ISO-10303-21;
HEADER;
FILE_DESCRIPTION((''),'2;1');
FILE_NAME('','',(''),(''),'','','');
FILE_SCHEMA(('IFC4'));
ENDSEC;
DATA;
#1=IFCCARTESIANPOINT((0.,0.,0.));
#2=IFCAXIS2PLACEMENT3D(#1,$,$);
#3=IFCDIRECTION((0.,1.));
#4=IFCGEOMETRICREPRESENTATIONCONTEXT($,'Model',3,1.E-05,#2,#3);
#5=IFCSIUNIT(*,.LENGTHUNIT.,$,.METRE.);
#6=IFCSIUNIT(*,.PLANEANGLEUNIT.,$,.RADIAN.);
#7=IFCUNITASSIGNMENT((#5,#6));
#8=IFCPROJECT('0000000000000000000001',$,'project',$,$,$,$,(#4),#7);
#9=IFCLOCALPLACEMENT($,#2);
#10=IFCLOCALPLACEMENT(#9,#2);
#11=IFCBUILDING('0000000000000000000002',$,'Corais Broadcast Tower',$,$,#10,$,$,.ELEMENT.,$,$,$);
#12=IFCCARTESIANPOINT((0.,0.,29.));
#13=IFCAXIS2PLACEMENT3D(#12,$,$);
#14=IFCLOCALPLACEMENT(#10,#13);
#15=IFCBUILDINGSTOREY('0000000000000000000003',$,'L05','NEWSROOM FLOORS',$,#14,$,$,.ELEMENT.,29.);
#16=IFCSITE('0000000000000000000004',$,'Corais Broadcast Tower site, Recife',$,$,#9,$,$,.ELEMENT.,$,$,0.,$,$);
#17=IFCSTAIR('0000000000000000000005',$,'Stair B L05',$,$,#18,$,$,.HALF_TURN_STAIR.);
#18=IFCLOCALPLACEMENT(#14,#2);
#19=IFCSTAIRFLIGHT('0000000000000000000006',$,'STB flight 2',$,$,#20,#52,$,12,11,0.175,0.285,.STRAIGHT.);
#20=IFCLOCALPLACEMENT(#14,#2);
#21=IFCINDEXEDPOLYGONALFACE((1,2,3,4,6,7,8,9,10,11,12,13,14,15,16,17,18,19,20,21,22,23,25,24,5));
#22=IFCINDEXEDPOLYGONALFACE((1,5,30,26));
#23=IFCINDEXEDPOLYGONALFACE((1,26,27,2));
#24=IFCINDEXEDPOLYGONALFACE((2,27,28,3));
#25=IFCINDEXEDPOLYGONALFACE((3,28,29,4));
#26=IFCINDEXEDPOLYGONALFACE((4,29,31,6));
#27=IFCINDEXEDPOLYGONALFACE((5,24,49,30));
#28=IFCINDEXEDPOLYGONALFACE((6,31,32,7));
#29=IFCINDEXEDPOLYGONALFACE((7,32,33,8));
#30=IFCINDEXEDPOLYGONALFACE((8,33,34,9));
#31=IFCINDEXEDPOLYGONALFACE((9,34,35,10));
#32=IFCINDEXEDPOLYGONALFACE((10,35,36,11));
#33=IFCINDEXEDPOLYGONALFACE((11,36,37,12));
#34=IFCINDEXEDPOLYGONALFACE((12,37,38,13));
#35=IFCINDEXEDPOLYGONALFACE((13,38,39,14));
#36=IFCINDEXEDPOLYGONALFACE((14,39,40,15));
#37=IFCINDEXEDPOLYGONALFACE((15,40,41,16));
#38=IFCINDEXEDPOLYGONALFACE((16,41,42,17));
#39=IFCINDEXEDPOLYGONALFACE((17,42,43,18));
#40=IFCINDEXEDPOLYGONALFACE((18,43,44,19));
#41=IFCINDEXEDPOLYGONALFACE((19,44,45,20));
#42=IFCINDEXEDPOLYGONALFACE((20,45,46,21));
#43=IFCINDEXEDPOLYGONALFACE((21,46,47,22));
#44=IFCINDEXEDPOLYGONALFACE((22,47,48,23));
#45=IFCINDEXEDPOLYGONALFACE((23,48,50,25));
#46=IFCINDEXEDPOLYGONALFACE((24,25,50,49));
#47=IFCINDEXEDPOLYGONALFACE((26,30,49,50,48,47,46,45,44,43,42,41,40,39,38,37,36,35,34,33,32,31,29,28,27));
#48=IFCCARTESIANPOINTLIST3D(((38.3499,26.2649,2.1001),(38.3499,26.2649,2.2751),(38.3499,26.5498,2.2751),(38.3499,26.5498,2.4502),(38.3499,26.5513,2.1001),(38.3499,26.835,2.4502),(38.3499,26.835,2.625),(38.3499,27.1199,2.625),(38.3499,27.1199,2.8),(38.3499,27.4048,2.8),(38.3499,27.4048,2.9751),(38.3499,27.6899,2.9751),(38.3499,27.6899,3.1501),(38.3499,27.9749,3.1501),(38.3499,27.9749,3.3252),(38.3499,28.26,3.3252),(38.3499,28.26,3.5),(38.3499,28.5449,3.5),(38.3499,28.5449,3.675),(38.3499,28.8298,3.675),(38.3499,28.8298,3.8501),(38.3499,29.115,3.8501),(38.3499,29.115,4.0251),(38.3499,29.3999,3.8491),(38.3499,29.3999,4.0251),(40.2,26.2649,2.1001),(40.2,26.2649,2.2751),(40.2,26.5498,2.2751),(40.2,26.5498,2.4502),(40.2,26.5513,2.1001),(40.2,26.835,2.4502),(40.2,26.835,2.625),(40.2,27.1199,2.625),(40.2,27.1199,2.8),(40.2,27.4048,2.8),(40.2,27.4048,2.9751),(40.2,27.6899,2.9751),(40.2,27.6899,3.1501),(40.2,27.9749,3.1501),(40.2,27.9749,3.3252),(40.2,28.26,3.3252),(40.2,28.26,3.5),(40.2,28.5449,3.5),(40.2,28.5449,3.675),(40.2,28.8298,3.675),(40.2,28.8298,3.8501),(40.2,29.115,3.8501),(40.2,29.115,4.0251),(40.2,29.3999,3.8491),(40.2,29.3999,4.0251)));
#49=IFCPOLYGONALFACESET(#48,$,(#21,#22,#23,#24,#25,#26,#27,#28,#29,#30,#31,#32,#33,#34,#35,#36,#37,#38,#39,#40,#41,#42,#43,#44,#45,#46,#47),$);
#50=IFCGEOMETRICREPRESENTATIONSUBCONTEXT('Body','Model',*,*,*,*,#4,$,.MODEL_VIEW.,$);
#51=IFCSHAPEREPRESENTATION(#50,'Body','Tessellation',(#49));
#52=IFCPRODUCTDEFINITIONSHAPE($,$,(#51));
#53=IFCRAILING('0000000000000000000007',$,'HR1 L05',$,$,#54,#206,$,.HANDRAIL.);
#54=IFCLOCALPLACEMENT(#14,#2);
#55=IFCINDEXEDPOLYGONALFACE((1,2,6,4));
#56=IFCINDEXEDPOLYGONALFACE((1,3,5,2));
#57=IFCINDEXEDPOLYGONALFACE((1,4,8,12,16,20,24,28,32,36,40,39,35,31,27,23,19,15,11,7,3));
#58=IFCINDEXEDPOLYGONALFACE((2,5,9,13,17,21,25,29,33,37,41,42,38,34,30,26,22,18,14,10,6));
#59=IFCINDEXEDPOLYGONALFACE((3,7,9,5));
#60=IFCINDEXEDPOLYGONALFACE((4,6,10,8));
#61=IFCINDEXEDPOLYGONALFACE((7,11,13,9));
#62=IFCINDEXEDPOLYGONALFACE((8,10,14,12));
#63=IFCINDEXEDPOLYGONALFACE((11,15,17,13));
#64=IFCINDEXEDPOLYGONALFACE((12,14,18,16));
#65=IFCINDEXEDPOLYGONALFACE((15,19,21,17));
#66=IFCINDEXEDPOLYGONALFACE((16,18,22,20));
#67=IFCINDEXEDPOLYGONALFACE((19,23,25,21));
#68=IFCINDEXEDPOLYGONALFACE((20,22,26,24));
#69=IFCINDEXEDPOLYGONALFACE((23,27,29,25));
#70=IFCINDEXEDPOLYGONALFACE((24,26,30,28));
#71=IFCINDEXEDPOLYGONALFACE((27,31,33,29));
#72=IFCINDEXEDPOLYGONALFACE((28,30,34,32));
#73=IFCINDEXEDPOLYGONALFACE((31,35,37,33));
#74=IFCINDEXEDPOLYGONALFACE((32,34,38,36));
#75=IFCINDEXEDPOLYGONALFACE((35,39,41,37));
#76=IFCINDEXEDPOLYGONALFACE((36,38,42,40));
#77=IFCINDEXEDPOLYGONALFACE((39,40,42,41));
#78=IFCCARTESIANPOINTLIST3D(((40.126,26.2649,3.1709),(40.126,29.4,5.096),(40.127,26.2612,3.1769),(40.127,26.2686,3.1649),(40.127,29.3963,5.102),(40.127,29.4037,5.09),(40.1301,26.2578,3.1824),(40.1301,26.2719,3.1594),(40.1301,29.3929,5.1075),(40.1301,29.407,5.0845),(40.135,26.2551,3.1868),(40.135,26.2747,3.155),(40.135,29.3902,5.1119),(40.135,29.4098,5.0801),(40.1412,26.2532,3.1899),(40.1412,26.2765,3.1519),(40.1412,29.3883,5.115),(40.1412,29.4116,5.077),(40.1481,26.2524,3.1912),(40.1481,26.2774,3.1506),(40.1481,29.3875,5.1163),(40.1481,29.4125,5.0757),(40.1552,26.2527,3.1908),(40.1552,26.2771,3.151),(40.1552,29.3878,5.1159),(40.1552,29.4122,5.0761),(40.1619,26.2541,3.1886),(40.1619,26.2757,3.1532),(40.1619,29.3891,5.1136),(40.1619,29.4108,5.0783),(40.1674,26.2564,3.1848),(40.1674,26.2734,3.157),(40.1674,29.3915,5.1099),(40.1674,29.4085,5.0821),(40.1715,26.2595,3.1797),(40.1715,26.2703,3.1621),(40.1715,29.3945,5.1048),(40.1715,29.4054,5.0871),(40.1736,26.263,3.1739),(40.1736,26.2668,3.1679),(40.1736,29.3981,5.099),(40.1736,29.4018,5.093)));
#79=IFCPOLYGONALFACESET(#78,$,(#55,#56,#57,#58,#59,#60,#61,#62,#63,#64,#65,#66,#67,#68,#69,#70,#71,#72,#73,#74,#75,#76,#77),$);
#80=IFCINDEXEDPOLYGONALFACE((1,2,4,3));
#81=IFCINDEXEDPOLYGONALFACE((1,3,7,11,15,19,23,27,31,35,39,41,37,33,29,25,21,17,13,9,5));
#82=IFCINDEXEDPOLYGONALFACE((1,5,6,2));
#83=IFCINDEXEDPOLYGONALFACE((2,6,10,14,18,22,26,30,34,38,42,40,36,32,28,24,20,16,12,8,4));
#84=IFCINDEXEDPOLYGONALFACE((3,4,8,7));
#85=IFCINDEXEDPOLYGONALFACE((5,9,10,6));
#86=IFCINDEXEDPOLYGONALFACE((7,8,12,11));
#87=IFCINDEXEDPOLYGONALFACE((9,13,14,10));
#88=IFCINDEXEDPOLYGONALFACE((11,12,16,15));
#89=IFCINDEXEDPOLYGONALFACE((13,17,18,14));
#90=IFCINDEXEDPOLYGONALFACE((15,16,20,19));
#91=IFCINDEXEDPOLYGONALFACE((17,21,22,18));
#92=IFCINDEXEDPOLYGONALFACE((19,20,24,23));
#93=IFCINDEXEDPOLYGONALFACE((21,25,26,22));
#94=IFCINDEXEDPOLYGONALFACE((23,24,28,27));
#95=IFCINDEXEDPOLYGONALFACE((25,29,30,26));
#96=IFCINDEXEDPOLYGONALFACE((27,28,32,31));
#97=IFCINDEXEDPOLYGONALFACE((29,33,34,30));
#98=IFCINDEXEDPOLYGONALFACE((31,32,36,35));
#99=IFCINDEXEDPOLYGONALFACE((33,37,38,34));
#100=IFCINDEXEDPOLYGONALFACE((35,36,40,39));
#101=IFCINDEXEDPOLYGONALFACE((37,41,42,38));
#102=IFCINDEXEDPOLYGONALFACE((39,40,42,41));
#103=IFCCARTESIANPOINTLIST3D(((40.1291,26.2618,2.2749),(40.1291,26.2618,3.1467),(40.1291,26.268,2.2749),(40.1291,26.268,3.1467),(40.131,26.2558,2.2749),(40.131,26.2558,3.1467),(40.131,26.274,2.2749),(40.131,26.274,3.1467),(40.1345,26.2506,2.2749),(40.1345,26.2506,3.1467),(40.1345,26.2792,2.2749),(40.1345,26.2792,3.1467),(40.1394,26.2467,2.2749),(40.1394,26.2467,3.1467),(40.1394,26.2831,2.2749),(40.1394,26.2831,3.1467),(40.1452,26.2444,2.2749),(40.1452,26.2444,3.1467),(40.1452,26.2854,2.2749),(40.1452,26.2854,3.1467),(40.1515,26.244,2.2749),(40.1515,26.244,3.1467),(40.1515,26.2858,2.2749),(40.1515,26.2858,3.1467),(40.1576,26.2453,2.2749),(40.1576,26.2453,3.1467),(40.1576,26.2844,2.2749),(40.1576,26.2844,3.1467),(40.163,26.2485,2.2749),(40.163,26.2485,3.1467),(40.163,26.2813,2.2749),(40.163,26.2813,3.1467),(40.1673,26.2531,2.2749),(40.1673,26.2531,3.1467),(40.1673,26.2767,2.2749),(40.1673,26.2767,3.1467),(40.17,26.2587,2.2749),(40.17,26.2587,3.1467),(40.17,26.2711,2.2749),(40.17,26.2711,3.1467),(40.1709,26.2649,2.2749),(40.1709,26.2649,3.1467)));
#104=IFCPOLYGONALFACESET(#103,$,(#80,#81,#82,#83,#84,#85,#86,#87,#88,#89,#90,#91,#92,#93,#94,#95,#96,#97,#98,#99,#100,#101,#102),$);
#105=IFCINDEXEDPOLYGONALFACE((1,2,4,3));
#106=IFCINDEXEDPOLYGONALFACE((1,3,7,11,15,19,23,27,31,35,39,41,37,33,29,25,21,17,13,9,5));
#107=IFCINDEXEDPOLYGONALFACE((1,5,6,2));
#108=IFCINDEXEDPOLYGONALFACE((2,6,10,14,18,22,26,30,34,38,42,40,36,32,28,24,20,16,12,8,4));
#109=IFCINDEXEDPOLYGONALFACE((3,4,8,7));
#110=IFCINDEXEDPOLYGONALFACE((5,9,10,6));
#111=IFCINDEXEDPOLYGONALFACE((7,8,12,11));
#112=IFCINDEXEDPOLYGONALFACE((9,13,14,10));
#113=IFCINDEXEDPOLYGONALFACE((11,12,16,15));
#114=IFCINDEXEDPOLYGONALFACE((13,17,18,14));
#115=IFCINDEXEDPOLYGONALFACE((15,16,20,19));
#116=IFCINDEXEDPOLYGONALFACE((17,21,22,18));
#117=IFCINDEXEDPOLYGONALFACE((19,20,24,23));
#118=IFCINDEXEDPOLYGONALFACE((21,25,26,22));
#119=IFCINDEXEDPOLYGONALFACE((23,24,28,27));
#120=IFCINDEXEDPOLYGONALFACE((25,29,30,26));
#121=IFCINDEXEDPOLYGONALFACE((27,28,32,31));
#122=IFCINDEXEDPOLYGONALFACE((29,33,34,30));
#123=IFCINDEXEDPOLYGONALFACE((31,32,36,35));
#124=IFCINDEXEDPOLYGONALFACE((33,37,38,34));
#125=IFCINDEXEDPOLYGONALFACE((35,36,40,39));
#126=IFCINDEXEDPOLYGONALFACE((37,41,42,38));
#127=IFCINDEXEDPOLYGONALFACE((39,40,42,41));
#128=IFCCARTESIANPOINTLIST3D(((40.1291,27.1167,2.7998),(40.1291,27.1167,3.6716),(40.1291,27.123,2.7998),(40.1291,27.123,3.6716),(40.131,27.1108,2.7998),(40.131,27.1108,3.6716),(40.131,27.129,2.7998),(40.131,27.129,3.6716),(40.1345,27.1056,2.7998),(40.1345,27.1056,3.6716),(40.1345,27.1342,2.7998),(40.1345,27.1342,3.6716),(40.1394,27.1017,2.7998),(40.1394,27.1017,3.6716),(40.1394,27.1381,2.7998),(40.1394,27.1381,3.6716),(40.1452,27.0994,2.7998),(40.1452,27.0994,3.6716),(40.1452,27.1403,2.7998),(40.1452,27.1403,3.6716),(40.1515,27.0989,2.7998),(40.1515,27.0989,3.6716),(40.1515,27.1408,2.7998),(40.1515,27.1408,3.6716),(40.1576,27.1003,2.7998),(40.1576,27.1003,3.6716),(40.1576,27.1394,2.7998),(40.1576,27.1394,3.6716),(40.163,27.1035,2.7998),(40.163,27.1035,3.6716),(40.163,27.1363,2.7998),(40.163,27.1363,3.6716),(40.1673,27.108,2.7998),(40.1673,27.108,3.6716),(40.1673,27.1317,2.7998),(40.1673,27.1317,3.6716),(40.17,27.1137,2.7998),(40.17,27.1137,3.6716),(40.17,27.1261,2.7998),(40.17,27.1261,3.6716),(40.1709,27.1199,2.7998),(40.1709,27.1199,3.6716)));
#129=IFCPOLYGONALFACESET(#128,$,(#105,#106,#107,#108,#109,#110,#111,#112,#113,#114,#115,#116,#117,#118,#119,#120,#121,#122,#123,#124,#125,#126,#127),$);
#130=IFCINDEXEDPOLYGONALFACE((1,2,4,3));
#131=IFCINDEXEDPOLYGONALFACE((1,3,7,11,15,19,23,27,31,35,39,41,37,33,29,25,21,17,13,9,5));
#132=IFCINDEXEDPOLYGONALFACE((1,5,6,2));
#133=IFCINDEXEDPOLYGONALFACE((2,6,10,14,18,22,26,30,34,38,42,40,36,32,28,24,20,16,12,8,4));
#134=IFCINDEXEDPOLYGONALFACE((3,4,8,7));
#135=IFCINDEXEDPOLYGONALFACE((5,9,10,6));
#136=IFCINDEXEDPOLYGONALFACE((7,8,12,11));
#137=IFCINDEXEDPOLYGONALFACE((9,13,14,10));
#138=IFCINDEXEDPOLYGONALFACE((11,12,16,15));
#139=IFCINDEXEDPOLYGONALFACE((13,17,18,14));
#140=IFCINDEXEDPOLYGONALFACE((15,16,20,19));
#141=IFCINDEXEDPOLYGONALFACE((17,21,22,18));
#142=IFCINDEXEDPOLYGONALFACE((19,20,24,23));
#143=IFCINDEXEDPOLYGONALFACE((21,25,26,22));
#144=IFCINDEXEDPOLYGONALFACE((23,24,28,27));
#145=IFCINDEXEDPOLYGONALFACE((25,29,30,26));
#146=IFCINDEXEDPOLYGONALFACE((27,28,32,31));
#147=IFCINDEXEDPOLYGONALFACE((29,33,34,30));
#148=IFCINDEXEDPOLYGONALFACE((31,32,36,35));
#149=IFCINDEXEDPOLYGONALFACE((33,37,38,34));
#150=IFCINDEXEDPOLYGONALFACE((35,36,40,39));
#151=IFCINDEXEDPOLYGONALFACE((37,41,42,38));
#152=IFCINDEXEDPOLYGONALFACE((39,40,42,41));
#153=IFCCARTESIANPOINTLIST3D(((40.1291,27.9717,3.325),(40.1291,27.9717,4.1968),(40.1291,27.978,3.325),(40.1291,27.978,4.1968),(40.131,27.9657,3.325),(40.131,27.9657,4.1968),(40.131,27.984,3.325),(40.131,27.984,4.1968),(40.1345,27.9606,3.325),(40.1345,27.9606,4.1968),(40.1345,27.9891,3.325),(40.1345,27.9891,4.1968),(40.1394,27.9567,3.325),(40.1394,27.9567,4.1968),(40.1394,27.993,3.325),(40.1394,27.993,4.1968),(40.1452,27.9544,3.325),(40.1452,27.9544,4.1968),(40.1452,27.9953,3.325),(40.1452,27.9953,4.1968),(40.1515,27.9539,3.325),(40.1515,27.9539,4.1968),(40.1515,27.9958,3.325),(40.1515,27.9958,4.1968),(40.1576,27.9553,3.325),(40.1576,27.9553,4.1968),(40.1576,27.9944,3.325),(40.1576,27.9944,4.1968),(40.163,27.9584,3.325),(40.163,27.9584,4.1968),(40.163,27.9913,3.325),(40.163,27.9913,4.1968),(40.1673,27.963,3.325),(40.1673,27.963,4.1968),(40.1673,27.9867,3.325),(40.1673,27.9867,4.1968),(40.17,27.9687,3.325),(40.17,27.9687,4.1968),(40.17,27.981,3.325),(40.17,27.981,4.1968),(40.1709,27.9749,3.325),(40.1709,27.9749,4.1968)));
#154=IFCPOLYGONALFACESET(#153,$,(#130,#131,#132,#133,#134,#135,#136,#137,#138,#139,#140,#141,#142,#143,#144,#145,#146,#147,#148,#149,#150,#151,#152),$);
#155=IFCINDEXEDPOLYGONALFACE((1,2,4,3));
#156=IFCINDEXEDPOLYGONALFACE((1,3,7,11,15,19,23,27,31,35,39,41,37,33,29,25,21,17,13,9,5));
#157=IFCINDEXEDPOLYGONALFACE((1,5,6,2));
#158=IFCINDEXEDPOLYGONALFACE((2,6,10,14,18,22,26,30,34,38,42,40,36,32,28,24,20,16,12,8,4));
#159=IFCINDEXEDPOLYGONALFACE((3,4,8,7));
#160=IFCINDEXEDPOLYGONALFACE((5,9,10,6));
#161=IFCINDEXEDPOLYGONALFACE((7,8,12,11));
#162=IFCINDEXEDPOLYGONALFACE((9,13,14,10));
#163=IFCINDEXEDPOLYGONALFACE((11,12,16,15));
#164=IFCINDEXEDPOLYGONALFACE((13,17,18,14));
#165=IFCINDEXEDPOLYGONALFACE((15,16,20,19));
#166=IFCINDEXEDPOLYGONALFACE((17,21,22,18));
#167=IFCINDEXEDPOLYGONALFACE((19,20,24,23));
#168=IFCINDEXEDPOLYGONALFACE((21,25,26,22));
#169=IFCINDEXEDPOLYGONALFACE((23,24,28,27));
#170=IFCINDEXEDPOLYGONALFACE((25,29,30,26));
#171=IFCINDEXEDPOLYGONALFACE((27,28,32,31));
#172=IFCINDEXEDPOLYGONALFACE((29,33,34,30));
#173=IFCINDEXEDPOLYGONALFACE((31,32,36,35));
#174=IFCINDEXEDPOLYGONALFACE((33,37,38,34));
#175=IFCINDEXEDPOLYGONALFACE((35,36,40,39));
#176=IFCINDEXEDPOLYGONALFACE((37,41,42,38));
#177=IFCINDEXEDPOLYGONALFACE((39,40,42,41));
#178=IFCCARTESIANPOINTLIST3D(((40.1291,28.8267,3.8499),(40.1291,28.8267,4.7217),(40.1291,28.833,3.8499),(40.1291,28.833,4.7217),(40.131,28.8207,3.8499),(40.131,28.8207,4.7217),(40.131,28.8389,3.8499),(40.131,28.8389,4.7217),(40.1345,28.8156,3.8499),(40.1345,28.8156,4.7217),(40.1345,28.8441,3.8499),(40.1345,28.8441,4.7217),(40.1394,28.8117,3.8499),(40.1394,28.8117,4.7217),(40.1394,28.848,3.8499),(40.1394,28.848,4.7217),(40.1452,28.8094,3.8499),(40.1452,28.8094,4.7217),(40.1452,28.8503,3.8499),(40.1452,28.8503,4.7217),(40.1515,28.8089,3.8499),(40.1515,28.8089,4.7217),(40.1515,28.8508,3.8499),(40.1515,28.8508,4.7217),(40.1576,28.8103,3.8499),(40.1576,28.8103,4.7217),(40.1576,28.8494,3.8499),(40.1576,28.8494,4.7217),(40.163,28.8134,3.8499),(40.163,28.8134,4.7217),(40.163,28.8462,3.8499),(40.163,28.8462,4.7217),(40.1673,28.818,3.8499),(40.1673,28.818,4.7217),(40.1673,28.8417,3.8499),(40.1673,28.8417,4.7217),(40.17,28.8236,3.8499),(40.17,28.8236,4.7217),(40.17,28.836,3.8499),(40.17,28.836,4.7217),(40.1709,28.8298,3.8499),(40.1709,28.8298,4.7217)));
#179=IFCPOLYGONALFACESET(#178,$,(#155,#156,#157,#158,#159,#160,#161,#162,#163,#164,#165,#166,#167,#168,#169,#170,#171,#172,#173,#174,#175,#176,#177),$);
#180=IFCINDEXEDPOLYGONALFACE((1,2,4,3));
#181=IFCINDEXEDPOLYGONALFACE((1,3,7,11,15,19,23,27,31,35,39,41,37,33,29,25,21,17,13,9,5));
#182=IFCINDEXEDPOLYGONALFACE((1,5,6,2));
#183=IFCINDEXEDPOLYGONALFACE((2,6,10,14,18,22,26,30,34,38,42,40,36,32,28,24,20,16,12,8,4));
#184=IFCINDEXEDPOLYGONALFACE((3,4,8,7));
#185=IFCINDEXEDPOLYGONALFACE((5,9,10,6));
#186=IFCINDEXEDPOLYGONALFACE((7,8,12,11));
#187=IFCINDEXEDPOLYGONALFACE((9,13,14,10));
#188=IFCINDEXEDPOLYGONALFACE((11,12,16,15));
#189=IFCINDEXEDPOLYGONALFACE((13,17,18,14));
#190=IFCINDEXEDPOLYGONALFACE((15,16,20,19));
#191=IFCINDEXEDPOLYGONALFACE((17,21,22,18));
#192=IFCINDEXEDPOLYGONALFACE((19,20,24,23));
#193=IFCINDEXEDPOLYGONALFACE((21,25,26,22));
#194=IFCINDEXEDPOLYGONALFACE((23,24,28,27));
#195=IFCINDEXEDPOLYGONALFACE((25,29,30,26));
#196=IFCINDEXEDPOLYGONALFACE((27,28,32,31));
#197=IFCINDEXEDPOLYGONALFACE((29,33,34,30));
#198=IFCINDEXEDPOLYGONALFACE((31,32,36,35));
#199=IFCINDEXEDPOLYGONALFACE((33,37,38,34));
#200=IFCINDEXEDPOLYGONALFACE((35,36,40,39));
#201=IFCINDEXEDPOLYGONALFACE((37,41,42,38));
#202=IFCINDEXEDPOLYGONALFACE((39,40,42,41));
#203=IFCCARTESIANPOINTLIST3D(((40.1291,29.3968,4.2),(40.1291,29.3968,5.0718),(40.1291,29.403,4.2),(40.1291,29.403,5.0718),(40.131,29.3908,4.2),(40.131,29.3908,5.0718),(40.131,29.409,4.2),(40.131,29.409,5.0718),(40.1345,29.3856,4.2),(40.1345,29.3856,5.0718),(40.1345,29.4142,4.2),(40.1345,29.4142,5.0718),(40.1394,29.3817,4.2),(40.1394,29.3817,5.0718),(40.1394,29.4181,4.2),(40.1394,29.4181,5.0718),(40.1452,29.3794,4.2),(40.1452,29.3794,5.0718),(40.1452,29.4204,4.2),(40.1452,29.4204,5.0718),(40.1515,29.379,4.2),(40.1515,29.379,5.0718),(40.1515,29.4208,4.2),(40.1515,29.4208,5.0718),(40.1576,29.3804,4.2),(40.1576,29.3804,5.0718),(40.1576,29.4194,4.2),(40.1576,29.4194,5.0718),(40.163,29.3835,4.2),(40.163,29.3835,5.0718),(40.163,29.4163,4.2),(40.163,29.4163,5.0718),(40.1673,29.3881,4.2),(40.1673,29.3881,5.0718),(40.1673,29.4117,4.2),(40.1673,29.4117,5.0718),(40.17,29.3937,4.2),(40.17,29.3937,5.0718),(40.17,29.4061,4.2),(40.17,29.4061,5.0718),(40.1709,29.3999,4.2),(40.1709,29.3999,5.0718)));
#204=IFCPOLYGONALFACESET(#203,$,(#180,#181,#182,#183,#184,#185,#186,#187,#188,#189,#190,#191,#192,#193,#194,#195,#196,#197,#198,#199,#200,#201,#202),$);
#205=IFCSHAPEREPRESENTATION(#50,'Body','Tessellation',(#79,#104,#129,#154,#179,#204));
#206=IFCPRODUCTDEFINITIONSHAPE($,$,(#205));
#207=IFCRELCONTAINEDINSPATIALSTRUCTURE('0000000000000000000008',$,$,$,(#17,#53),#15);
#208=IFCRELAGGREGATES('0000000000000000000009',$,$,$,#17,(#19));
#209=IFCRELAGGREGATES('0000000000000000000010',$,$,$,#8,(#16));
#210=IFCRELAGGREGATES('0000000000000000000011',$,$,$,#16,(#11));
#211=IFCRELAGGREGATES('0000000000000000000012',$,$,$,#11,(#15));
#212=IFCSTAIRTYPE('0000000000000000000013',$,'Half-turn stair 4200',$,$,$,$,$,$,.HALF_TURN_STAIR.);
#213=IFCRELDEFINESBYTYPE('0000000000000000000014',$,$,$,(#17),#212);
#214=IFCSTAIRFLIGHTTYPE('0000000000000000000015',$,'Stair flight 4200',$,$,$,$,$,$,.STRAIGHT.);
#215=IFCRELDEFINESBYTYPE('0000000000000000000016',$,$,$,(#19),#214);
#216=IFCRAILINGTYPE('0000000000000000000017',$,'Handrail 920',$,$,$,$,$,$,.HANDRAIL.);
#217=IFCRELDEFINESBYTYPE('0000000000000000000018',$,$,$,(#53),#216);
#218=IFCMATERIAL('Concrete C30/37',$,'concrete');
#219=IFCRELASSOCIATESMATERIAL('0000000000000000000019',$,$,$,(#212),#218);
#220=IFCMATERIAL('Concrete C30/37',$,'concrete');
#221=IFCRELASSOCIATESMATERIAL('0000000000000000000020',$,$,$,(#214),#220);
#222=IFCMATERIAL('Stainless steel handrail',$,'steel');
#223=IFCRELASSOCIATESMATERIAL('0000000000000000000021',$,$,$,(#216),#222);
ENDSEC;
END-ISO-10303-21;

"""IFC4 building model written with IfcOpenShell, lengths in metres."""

from ifc_helpers import new_model, si_unit, direction, frame, origin, origin_2d, place, context, subcontext, project, spatial, polyline, circle, outline, extrude, material, type_object, element, aggregate, save


model = new_model("IFC4")

# Units and contexts
model_context = context("Model", 3, precision=1e-05, world=origin(), true_north=direction((0.0, 1.0)))
body_context = subcontext(model_context, "Body", "Model", "MODEL_VIEW")
ifc_project = project(units=[si_unit("LENGTHUNIT", "METRE"), si_unit("PLANEANGLEUNIT", "RADIAN")], contexts=[model_context])

# Site, building, storey
site_placement = place(None, origin())
site = spatial("IfcSite", under=ifc_project, at=site_placement, Name="Corais Broadcast Tower site, Recife", CompositionType="ELEMENT", RefElevation=0.0)
building_placement = place(site_placement, origin())
building = spatial("IfcBuilding", under=site, at=building_placement, Name="Corais Broadcast Tower", CompositionType="ELEMENT")
storey_placement = place(building_placement, frame((0.0, 0.0, 29.0)))
storey = spatial("IfcBuildingStorey", under=building, at=storey_placement, Name="L05", Description="NEWSROOM FLOORS", CompositionType="ELEMENT", Elevation=29.0)

# Stair, stair flight
ifc_material_1 = material(Name="Concrete C30/37", Category="concrete")
stair_type = type_object("IfcStairType", Name="Half-turn stair 4200", PredefinedType="HALF_TURN_STAIR", material=ifc_material_1)
stair_placement = place(storey_placement, origin())
stair = element("IfcStair", 1, at=stair_placement, inside=storey, type_object=stair_type, Name="Stair B L05", PredefinedType="HALF_TURN_STAIR")
ifc_material_2 = material(Name="Concrete C30/37", Category="concrete")
stair_flight_type = type_object("IfcStairFlightType", Name="Stair flight 4200", PredefinedType="STRAIGHT", material=ifc_material_2)
stair_flight_placement = place(storey_placement, frame((39.2749, 26.2649, 2.1001), z_axis=(0.0, 0.0, 1.0), x_axis=(0.0, 1.0, 0.0)))
stair_flight = element("IfcStairFlight", 2, at=stair_flight_placement, type_object=stair_flight_type, Name="STB flight 2", NumberOfRisers=12, NumberOfTreads=11, PredefinedType="STRAIGHT", RiserHeight=0.175, TreadLength=0.285, context=body_context, shape_type="SweptSolid", body=[
    extrude(outline(polyline([(0.0, 0.0), (0.0, 0.175), (0.2849, 0.175), (0.2849, 0.3501), (0.5701, 0.3501), (0.5701, 0.5249), (0.855, 0.5249), (0.855, 0.7), (1.1399, 0.7), (1.1399, 0.875), (1.425, 0.875), (1.425, 1.05), (1.71, 1.05), (1.71, 1.2251), (1.9951, 1.2251), (1.9951, 1.3999), (2.28, 1.3999), (2.28, 1.575), (2.5649, 1.575), (2.5649, 1.75), (2.8501, 1.75), (2.8501, 1.925), (3.135, 1.925), (3.135, 2.1001), (3.135, 1.749), (0.2864, 0.0), (0.0, 0.0)])), frame((0.0, 0.925, 0.0), z_axis=(0.0, -1.0, 0.0), x_axis=(1.0, 0.0, 0.0)), (0.0, 0.0, 1.0), 1.8501),
])
aggregate(stair, [stair_flight])

# Railing
ifc_material_3 = material(Name="Stainless steel handrail", Category="steel")
railing_type = type_object("IfcRailingType", Name="Handrail 920", PredefinedType="HANDRAIL", material=ifc_material_3)
for number, where, name in (
    (3, (40.1499, 26.2649, 2.2749), "HR1 L05"),
):
    element("IfcRailing", number, at=place(storey_placement, frame(where)), inside=storey, type_object=railing_type, Name=name, PredefinedType="HANDRAIL", context=body_context, shape_type="SweptSolid", body=[
        extrude(circle(Radius=0.0239, at=origin_2d()), frame((0.0, 0.0, 0.896), z_axis=(0.0, 0.852166, 0.523271), x_axis=(-1.0, 0.0, 0.0)), (0.0, 0.0, 1.0), 3.679),
        extrude(circle(Radius=0.021, at=origin_2d()), origin(), (0.0, 0.0, 1.0), 0.8718),
        extrude(circle(Radius=0.021, at=origin_2d()), frame((0.0, 0.855, 0.5249)), (0.0, 0.0, 1.0), 0.8718),
        extrude(circle(Radius=0.021, at=origin_2d()), frame((0.0, 1.71, 1.05)), (0.0, 0.0, 1.0), 0.8718),
        extrude(circle(Radius=0.021, at=origin_2d()), frame((0.0, 2.5649, 1.575)), (0.0, 0.0, 1.0), 0.8718),
        extrude(circle(Radius=0.021, at=origin_2d()), frame((0.0, 3.135, 1.925)), (0.0, 0.0, 1.0), 0.8718),
    ])

save(model, "model.ifc")
